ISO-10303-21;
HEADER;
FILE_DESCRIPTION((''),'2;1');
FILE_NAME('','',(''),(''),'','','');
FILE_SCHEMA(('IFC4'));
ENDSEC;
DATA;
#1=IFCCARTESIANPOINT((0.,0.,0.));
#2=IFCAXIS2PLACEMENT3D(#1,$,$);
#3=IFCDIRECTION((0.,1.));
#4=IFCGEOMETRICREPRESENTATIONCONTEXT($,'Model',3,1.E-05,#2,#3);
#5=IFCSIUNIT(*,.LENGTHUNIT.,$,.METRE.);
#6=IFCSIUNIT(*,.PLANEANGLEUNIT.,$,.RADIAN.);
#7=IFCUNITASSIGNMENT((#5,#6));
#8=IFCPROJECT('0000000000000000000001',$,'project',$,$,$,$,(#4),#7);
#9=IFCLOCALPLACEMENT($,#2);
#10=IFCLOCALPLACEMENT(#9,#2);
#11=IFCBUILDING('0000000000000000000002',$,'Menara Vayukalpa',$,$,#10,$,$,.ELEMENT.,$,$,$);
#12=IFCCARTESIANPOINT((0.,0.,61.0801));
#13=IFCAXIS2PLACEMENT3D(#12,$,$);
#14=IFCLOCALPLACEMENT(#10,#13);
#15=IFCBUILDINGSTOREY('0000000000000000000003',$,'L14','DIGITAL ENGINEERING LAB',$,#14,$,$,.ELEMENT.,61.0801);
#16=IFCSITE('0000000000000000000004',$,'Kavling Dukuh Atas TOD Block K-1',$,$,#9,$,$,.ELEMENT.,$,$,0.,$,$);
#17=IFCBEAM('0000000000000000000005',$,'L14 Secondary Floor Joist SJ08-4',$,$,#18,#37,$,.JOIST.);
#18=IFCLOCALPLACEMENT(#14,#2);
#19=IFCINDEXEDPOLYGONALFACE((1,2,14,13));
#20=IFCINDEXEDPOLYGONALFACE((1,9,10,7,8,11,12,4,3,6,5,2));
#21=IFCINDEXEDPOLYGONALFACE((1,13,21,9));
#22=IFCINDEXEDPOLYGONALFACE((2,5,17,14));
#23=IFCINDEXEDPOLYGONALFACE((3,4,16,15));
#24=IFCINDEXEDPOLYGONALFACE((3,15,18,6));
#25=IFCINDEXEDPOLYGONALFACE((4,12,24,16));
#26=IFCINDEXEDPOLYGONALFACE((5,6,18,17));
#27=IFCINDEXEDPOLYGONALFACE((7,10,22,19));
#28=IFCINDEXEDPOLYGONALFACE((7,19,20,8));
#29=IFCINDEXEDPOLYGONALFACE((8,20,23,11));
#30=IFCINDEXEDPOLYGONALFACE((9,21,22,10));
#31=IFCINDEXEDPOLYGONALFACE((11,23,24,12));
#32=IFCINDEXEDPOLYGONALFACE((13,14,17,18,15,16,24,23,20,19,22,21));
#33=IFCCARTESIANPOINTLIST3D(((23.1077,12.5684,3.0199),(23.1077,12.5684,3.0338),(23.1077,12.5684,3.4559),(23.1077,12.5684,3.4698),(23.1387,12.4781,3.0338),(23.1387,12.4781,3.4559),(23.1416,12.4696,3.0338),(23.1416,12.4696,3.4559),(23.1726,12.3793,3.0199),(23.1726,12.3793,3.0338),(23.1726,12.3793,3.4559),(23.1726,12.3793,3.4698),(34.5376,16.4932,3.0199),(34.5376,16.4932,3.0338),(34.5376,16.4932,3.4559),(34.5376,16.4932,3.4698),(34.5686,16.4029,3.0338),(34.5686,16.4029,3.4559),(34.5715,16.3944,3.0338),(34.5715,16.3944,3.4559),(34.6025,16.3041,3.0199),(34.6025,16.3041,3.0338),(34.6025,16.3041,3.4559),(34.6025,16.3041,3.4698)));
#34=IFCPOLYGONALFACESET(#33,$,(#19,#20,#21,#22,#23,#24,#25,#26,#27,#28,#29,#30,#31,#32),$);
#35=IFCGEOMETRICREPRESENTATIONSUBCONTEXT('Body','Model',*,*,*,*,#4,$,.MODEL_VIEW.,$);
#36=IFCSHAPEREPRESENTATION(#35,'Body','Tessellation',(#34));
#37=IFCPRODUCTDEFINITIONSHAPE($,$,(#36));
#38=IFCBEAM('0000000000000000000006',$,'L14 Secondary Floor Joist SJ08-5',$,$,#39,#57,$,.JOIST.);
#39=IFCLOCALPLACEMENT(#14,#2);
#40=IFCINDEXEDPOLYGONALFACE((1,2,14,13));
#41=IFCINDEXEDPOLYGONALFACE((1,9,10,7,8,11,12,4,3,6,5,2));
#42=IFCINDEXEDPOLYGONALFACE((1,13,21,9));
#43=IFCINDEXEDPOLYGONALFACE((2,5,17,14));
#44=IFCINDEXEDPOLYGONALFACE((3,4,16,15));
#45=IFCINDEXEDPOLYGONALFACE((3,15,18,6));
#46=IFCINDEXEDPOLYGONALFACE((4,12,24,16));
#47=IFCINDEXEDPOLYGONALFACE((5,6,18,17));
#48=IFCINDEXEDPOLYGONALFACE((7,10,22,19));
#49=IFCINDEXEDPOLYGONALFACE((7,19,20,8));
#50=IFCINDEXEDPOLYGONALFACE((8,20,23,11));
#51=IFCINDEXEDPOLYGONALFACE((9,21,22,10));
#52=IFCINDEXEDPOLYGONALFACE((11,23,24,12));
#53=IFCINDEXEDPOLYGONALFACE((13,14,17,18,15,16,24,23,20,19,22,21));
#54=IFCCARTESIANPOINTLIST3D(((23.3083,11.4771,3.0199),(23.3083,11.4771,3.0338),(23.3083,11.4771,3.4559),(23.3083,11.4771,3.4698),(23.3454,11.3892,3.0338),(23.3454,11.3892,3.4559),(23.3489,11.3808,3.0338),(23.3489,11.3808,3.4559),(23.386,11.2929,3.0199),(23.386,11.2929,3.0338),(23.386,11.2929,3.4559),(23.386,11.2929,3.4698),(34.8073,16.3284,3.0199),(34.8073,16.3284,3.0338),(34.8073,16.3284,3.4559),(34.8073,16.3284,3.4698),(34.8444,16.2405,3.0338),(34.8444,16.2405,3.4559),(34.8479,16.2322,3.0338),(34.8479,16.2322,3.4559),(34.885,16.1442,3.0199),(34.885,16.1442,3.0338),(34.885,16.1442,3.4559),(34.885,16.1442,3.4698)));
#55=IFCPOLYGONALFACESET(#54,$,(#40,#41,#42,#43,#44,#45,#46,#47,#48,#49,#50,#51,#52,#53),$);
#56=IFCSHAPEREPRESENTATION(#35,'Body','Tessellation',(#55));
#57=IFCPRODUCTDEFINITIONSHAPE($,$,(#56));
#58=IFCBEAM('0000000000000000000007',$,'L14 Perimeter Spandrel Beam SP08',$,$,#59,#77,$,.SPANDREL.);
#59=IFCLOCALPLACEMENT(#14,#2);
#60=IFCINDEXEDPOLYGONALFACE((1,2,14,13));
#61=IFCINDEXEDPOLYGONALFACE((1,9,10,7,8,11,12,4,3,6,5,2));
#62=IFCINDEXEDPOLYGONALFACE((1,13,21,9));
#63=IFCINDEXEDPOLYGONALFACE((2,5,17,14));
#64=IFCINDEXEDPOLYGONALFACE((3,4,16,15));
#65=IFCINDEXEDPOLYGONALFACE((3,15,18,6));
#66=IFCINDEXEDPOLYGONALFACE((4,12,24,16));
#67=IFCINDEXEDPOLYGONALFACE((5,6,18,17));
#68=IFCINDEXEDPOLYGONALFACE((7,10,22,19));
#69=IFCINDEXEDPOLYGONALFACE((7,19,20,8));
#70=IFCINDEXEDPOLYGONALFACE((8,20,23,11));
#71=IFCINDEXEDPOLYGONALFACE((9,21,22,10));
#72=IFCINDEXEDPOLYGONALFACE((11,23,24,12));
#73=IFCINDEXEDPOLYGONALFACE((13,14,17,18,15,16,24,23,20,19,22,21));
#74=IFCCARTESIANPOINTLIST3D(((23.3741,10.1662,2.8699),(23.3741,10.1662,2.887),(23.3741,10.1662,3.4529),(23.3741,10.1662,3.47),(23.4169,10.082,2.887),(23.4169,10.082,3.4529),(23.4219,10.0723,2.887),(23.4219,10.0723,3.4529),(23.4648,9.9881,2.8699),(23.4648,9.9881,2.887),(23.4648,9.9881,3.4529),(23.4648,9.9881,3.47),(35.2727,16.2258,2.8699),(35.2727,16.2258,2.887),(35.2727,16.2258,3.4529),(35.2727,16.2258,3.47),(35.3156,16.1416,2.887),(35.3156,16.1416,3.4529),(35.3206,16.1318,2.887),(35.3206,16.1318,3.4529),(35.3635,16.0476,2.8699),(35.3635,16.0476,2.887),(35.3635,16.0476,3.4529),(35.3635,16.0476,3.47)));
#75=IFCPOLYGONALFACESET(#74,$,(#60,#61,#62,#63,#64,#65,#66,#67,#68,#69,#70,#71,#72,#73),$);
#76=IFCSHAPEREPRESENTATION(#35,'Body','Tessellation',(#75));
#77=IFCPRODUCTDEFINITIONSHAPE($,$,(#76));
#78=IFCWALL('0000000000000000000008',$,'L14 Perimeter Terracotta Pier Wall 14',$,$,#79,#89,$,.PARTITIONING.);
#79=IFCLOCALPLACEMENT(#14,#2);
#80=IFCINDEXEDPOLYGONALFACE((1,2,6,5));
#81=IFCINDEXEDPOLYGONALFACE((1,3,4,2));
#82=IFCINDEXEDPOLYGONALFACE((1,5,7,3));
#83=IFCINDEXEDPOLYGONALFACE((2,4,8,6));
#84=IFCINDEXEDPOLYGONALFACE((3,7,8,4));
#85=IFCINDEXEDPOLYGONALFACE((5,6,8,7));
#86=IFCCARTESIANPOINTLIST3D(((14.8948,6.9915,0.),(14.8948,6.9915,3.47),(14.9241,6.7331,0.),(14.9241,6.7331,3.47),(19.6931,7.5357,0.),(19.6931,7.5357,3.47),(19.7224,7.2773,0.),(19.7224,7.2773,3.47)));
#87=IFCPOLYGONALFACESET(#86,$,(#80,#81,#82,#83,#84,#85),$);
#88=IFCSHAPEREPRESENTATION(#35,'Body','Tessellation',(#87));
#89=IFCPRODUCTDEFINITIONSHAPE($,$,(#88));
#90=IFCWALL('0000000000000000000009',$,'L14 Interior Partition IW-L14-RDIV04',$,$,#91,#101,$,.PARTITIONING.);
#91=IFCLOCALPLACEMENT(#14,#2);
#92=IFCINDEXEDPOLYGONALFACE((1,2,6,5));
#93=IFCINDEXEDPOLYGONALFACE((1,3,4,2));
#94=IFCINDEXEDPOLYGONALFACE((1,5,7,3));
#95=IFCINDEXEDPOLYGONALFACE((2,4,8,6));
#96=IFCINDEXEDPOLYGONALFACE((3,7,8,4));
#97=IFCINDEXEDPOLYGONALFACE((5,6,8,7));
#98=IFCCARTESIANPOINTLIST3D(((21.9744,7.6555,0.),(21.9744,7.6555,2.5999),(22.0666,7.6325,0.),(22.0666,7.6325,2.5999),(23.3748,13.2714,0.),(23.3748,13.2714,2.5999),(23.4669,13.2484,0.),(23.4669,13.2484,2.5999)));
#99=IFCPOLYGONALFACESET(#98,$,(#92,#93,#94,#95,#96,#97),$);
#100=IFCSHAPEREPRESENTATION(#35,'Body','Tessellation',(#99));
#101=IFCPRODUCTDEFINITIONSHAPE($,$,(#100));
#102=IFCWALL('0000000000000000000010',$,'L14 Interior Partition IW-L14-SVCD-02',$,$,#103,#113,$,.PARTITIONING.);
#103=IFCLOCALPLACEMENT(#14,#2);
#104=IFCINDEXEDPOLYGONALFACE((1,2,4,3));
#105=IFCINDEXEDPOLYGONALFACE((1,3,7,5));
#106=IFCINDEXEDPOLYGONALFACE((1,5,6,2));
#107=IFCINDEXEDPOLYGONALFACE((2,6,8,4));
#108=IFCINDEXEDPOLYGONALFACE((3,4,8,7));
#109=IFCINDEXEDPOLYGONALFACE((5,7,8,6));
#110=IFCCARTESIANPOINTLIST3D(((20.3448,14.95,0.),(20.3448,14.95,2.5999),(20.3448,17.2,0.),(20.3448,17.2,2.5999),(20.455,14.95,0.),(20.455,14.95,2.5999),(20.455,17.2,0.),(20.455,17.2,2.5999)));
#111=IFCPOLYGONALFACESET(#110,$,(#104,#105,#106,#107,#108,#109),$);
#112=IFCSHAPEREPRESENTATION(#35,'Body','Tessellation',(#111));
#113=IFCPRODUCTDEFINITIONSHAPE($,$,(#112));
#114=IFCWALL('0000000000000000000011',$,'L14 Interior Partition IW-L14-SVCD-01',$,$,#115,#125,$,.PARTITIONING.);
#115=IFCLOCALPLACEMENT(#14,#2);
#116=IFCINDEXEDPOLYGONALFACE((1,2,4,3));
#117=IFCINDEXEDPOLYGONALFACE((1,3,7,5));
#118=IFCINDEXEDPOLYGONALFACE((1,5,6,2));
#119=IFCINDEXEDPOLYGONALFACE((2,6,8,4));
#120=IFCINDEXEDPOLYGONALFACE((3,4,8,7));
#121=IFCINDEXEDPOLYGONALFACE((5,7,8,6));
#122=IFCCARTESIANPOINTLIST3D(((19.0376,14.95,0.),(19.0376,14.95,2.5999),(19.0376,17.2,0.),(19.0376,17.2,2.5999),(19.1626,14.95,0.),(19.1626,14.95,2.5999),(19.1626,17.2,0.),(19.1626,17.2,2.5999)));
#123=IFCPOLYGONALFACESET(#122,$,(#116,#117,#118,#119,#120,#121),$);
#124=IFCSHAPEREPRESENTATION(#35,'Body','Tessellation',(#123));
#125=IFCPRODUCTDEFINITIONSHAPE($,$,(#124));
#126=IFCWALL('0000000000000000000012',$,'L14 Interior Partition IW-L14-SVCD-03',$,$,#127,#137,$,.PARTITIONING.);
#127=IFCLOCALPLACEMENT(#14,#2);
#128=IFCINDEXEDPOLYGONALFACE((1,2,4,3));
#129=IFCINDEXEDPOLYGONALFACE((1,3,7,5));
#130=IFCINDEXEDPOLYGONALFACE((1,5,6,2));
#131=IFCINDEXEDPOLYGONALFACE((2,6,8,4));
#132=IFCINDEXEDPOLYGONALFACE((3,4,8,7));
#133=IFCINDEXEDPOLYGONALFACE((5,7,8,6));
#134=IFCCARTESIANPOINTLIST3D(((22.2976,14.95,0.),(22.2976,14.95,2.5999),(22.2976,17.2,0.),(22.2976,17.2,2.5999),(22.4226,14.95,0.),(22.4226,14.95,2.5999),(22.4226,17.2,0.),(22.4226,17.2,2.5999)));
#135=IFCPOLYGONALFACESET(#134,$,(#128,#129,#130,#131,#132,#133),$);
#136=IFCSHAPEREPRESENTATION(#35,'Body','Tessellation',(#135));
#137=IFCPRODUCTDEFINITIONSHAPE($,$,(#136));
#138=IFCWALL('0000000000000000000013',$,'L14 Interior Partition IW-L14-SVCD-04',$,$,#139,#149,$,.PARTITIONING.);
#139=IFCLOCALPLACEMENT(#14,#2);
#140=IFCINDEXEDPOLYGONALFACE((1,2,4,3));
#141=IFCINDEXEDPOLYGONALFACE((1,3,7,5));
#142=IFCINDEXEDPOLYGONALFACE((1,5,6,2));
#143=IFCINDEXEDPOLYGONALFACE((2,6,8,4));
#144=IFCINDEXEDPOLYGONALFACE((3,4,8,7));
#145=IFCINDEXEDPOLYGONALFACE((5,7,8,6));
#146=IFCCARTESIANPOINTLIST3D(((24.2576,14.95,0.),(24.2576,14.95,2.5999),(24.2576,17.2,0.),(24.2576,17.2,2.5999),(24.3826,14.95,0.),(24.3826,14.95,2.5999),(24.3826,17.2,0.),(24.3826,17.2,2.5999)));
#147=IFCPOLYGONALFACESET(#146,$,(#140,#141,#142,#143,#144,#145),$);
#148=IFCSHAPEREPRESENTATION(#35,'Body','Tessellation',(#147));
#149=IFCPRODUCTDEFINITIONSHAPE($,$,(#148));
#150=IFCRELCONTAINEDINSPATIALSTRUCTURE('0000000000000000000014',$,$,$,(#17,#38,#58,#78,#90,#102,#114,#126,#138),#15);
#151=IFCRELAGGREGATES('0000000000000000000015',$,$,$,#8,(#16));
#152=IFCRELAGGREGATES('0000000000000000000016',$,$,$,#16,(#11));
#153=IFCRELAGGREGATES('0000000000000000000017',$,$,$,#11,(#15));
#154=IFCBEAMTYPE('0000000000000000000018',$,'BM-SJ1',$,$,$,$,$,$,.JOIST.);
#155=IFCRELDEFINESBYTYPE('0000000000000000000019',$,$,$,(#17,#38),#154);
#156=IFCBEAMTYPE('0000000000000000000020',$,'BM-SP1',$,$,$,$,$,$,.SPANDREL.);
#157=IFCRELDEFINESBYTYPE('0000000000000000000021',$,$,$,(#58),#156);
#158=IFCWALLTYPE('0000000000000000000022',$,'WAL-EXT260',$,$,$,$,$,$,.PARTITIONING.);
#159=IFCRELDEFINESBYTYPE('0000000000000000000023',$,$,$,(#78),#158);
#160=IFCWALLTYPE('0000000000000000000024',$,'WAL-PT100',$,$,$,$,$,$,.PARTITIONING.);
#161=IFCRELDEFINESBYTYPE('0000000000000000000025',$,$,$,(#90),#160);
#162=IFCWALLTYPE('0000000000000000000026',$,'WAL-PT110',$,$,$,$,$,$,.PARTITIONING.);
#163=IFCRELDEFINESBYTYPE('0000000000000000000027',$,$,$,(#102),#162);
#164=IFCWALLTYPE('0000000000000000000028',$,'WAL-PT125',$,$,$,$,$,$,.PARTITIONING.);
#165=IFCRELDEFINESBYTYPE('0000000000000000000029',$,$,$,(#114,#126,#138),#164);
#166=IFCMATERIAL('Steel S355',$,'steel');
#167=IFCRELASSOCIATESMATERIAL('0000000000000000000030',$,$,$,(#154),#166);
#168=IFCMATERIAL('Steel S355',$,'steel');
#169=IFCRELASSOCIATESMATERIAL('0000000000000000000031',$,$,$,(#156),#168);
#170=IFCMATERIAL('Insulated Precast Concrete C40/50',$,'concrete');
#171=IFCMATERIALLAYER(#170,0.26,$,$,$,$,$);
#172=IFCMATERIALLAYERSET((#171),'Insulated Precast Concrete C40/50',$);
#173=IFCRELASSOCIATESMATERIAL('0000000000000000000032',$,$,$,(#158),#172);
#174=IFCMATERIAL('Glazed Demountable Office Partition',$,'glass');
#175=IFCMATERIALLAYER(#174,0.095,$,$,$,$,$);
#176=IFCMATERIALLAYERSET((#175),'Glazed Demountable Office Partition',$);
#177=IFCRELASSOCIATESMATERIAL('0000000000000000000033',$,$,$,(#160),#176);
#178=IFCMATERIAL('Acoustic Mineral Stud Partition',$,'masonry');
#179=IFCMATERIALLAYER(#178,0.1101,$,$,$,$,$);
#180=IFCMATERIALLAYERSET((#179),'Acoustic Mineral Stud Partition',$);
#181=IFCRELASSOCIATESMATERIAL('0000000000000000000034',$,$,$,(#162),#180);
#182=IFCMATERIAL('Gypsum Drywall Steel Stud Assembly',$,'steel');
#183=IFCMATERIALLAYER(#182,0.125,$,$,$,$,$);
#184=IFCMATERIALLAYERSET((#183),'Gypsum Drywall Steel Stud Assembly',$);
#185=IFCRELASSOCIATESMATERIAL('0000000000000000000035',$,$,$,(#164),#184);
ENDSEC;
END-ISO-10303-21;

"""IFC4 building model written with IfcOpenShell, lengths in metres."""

from ifc_helpers import new_model, si_unit, direction, frame, frame_2d, origin, origin_2d, place, context, subcontext, project, spatial, rectangle, i_section, extrude, material, layer, layer_set, material_profile, profile_set, type_object, element, save


model = new_model("IFC4")

# Units and contexts
model_context = context("Model", 3, precision=1e-05, world=origin(), true_north=direction((0.0, 1.0)))
body_context = subcontext(model_context, "Body", "Model", "MODEL_VIEW")
ifc_project = project(units=[si_unit("LENGTHUNIT", "METRE"), si_unit("PLANEANGLEUNIT", "RADIAN")], contexts=[model_context])

# Site, building, storey
site_placement = place(None, origin())
site = spatial("IfcSite", under=ifc_project, at=site_placement, Name="Kavling Dukuh Atas TOD Block K-1", CompositionType="ELEMENT", RefElevation=0.0)
building_placement = place(site_placement, origin())
building = spatial("IfcBuilding", under=site, at=building_placement, Name="Menara Vayukalpa", CompositionType="ELEMENT")
storey_placement = place(building_placement, frame((0.0, 0.0, 61.0801)))
storey = spatial("IfcBuildingStorey", under=building, at=storey_placement, Name="L14", Description="DIGITAL ENGINEERING LAB", CompositionType="ELEMENT", Elevation=61.0801)

# Beams
ifc_material_1 = material(Name="Steel S355", Category="steel")
ifc_material_profile_1 = material_profile(ifc_material_1, i_section(OverallWidth=0.2, OverallDepth=0.45, WebThickness=0.009, FlangeThickness=0.0139, at=origin_2d()), Name="WF 450x200x9x14")
ifc_profile_set_1 = profile_set([ifc_material_profile_1], Name="Steel S355")
beam_type_1 = type_object("IfcBeamType", Name="BM-SJ1", PredefinedType="JOIST", material=ifc_profile_set_1)
beam_1_placement = place(storey_placement, frame((23.1401, 12.4739, 3.2449), z_axis=(0.945794, 0.324766, 0.0), x_axis=(-0.324766, 0.945794, 0.0)))
element("IfcBeam", 1, at=beam_1_placement, inside=storey, type_object=beam_type_1, Name="L14 Secondary Floor Joist SJ08-4", PredefinedType="JOIST", context=body_context, shape_type="SweptSolid", body=[
    extrude(i_section(OverallWidth=0.2, OverallDepth=0.45, WebThickness=0.009, FlangeThickness=0.0139, at=origin_2d()), origin(), (0.0, 0.0, 1.0), 12.085),
])
beam_2_placement = place(storey_placement, frame((23.3472, 11.385, 3.2449), z_axis=(0.921359, 0.388712, 0.0), x_axis=(-0.388712, 0.921359, 0.0)))
element("IfcBeam", 2, at=beam_2_placement, inside=storey, type_object=beam_type_1, Name="L14 Secondary Floor Joist SJ08-5", PredefinedType="JOIST", context=body_context, shape_type="SweptSolid", body=[
    extrude(i_section(OverallWidth=0.2, OverallDepth=0.45, WebThickness=0.009, FlangeThickness=0.0139, at=origin_2d()), origin(), (0.0, 0.0, 1.0), 12.4805),
])
ifc_material_2 = material(Name="Steel S355", Category="steel")
ifc_material_profile_2 = material_profile(ifc_material_2, i_section(OverallWidth=0.2, OverallDepth=0.6001, WebThickness=0.011, FlangeThickness=0.0171, at=origin_2d()), Name="WF 600x200x11x17")
ifc_profile_set_2 = profile_set([ifc_material_profile_2], Name="Steel S355")
beam_type_2 = type_object("IfcBeamType", Name="BM-SP1", PredefinedType="SPANDREL", material=ifc_profile_set_2)
beam_3_placement = place(storey_placement, frame((23.4194, 10.0771, 3.1699), z_axis=(0.891101, 0.453806, 0.0), x_axis=(-0.453806, 0.891101, 0.0)))
element("IfcBeam", 3, at=beam_3_placement, inside=storey, type_object=beam_type_2, Name="L14 Perimeter Spandrel Beam SP08", PredefinedType="SPANDREL", context=body_context, shape_type="SweptSolid", body=[
    extrude(i_section(OverallWidth=0.2, OverallDepth=0.6001, WebThickness=0.011, FlangeThickness=0.0171, at=origin_2d()), origin(), (0.0, 0.0, 1.0), 13.3528),
])

# Walls
ifc_material_3 = material(Name="Insulated Precast Concrete C40/50", Category="concrete")
ifc_layer_1 = layer(ifc_material_3, 0.26)
ifc_layer_set_1 = layer_set([ifc_layer_1], Name="Insulated Precast Concrete C40/50")
wall_type_1 = type_object("IfcWallType", Name="WAL-EXT260", PredefinedType="PARTITIONING", material=ifc_layer_set_1)
wall_1_placement = place(storey_placement, frame((19.7078, 7.4065, 0.0), z_axis=(0.0, 0.0, 1.0), x_axis=(-0.99363, -0.11269, 0.0)))
element("IfcWall", 4, at=wall_1_placement, inside=storey, type_object=wall_type_1, Name="L14 Perimeter Terracotta Pier Wall 14", PredefinedType="PARTITIONING", context=body_context, shape_type="SweptSolid", body=[
    extrude(rectangle(XDim=4.8291, YDim=0.26, at=frame_2d((2.4146, 0.0))), origin(), (0.0, 0.0, 1.0), 3.47),
])
ifc_material_4 = material(Name="Glazed Demountable Office Partition", Category="glass")
ifc_layer_2 = layer(ifc_material_4, 0.095)
ifc_layer_set_2 = layer_set([ifc_layer_2], Name="Glazed Demountable Office Partition")
wall_type_2 = type_object("IfcWallType", Name="WAL-PT100", PredefinedType="PARTITIONING", material=ifc_layer_set_2)
wall_2_placement = place(storey_placement, frame((23.4209, 13.26, 0.0), z_axis=(0.0, 0.0, 1.0), x_axis=(-0.24195, -0.970289, 0.0)))
element("IfcWall", 5, at=wall_2_placement, inside=storey, type_object=wall_type_2, Name="L14 Interior Partition IW-L14-RDIV04", PredefinedType="PARTITIONING", context=body_context, shape_type="SweptSolid", body=[
    extrude(rectangle(XDim=5.7878, YDim=0.095, at=frame_2d((2.894, 0.0))), origin(), (0.0, 0.0, 1.0), 2.5999),
])
ifc_material_5 = material(Name="Acoustic Mineral Stud Partition", Category="masonry")
ifc_layer_3 = layer(ifc_material_5, 0.1101)
ifc_layer_set_3 = layer_set([ifc_layer_3], Name="Acoustic Mineral Stud Partition")
wall_type_3 = type_object("IfcWallType", Name="WAL-PT110", PredefinedType="PARTITIONING", material=ifc_layer_set_3)
wall_3_placement = place(storey_placement, frame((20.3999, 14.95, 0.0), z_axis=(0.0, 0.0, 1.0), x_axis=(0.0, 1.0, 0.0)))
element("IfcWall", 6, at=wall_3_placement, inside=storey, type_object=wall_type_3, Name="L14 Interior Partition IW-L14-SVCD-02", PredefinedType="PARTITIONING", context=body_context, shape_type="SweptSolid", body=[
    extrude(rectangle(XDim=2.25, YDim=0.1101, at=frame_2d((1.125, 0.0))), origin(), (0.0, 0.0, 1.0), 2.5999),
])
ifc_material_6 = material(Name="Gypsum Drywall Steel Stud Assembly", Category="steel")
ifc_layer_4 = layer(ifc_material_6, 0.125)
ifc_layer_set_4 = layer_set([ifc_layer_4], Name="Gypsum Drywall Steel Stud Assembly")
wall_type_4 = type_object("IfcWallType", Name="WAL-PT125", PredefinedType="PARTITIONING", material=ifc_layer_set_4)
for number, where, z_axis, x_axis, name in (
    (7, (19.1001, 14.95, 0.0), (0.0, 0.0, 1.0), (0.0, 1.0, 0.0), "L14 Interior Partition IW-L14-SVCD-01"),
    (8, (22.3601, 14.95, 0.0), (0.0, 0.0, 1.0), (0.0, 1.0, 0.0), "L14 Interior Partition IW-L14-SVCD-03"),
    (9, (24.3201, 14.95, 0.0), (0.0, 0.0, 1.0), (0.0, 1.0, 0.0), "L14 Interior Partition IW-L14-SVCD-04"),
):
    element("IfcWall", number, at=place(storey_placement, frame(where, z_axis=z_axis, x_axis=x_axis)), inside=storey, type_object=wall_type_4, Name=name, PredefinedType="PARTITIONING", context=body_context, shape_type="SweptSolid", body=[
        extrude(rectangle(XDim=2.25, YDim=0.125, at=frame_2d((1.125, 0.0))), origin(), (0.0, 0.0, 1.0), 2.5999),
    ])

save(model, "model.ifc")
